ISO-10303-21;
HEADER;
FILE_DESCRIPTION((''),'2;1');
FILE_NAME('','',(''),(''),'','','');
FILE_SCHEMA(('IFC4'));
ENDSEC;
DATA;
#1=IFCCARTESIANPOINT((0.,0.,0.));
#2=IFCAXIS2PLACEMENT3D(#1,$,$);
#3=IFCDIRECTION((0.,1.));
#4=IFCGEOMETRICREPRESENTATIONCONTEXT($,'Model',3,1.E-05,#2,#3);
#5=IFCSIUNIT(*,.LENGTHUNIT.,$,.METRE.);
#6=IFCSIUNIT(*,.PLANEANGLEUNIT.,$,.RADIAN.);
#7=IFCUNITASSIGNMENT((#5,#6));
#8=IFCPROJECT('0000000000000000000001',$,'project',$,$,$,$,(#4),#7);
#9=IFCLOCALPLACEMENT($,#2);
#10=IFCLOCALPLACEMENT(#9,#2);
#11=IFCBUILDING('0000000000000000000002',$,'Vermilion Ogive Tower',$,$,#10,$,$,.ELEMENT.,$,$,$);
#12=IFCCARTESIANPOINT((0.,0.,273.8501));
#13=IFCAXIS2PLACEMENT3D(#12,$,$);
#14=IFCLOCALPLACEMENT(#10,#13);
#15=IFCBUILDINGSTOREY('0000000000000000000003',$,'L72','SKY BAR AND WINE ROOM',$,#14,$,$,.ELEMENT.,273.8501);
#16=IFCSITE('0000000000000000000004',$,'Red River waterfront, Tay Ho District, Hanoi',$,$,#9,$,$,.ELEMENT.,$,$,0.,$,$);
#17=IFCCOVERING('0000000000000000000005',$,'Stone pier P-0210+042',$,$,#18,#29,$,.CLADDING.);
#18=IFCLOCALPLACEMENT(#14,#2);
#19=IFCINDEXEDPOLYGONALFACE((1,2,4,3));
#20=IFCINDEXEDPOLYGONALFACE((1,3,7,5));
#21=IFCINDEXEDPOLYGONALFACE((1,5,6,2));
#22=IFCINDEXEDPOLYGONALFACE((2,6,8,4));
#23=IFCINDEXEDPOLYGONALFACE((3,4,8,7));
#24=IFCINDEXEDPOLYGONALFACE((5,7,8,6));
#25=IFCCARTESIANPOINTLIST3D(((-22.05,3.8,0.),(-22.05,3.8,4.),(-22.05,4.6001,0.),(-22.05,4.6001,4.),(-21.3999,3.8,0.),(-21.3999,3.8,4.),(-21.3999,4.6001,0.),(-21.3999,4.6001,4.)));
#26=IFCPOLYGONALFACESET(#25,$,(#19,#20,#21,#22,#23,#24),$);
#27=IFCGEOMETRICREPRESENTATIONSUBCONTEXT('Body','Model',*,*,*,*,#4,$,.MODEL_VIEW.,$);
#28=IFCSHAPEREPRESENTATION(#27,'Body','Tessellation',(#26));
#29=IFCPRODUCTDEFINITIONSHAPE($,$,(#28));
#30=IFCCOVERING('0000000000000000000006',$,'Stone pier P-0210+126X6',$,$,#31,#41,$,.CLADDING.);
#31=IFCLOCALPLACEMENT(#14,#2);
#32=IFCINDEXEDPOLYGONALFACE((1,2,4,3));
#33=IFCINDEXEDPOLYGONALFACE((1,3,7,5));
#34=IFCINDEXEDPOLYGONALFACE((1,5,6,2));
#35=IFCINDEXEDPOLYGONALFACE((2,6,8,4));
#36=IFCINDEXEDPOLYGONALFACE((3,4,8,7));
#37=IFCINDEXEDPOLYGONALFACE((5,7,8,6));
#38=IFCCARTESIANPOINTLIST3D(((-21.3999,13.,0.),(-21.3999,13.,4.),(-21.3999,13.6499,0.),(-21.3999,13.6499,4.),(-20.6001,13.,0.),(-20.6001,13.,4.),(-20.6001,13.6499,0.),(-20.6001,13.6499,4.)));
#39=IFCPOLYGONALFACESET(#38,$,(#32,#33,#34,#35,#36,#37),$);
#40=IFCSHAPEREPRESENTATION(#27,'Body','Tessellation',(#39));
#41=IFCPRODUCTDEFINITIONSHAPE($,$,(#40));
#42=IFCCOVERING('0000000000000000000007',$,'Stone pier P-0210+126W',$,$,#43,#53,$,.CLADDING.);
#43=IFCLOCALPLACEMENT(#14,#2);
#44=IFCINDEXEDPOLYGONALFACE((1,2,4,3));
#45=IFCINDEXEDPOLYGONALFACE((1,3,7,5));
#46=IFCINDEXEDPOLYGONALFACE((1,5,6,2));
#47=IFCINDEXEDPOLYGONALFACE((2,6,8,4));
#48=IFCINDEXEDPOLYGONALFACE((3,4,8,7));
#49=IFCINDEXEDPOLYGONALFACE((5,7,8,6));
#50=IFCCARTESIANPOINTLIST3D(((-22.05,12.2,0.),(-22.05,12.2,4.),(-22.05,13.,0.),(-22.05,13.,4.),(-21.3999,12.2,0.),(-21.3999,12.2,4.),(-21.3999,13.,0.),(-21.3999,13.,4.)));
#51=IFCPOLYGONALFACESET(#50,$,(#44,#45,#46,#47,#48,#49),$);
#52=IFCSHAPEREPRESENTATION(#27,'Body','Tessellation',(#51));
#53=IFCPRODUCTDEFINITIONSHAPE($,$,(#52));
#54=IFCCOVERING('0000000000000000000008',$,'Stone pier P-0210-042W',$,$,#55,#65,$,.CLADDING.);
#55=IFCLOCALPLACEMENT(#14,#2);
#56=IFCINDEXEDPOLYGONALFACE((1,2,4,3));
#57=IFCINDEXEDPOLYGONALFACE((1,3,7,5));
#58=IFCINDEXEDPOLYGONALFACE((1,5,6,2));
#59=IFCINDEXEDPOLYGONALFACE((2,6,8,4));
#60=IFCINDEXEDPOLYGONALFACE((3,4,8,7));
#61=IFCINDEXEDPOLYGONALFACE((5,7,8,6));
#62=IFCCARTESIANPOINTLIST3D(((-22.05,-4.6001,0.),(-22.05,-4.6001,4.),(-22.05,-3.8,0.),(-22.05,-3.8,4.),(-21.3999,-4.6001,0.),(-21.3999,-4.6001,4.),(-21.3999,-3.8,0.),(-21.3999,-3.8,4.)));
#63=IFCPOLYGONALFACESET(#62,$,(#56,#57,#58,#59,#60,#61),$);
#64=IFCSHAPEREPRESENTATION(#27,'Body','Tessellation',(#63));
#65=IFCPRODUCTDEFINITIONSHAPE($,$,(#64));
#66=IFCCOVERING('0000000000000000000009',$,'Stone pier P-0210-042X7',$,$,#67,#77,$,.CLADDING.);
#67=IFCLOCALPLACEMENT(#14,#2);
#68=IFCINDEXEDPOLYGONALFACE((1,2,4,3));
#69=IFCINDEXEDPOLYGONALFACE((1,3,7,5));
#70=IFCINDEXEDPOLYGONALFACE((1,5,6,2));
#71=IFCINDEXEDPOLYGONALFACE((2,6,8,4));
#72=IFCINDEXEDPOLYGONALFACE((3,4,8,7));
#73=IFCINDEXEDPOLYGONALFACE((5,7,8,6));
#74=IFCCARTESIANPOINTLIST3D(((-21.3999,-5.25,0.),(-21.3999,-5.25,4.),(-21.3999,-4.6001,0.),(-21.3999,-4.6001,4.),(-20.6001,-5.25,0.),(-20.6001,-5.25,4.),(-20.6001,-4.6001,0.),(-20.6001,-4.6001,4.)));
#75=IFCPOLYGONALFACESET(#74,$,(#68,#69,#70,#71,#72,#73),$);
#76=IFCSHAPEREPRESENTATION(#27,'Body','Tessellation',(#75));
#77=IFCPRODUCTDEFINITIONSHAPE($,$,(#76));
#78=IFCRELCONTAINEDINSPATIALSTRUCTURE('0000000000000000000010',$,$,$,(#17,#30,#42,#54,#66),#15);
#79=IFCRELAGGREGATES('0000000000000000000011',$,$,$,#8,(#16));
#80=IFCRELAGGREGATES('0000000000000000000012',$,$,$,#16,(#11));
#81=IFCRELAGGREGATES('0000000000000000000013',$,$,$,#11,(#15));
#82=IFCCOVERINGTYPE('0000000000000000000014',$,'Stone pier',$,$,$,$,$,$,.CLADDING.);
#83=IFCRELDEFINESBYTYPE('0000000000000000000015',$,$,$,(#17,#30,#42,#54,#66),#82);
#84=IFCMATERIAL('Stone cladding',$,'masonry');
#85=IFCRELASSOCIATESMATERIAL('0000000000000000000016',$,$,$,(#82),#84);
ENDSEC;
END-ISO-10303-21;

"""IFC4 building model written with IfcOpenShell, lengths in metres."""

from ifc_helpers import new_model, si_unit, direction, frame, origin, place, context, subcontext, project, spatial, polyline, outline, extrude, material, type_object, element, save


model = new_model("IFC4")

# Units and contexts
model_context = context("Model", 3, precision=1e-05, world=origin(), true_north=direction((0.0, 1.0)))
body_context = subcontext(model_context, "Body", "Model", "MODEL_VIEW")
ifc_project = project(units=[si_unit("LENGTHUNIT", "METRE"), si_unit("PLANEANGLEUNIT", "RADIAN")], contexts=[model_context])

# Site, building, storey
site_placement = place(None, origin())
site = spatial("IfcSite", under=ifc_project, at=site_placement, Name="Red River waterfront, Tay Ho District, Hanoi", CompositionType="ELEMENT", RefElevation=0.0)
building_placement = place(site_placement, origin())
building = spatial("IfcBuilding", under=site, at=building_placement, Name="Vermilion Ogive Tower", CompositionType="ELEMENT")
storey_placement = place(building_placement, frame((0.0, 0.0, 273.8501)))
storey = spatial("IfcBuildingStorey", under=building, at=storey_placement, Name="L72", Description="SKY BAR AND WINE ROOM", CompositionType="ELEMENT", Elevation=273.8501)

# Coverings
ifc_material_1 = material(Name="Stone cladding", Category="masonry")
covering_type = type_object("IfcCoveringType", Name="Stone pier", PredefinedType="CLADDING", material=ifc_material_1)
covering_1_placement = place(storey_placement, origin())
element("IfcCovering", 1, at=covering_1_placement, inside=storey, type_object=covering_type, Name="Stone pier P-0210+042", PredefinedType="CLADDING", context=body_context, shape_type="SweptSolid", body=[
    extrude(outline(polyline([(-21.3999, 3.8), (-22.05, 3.8), (-22.05, 4.6001), (-21.3999, 4.6001), (-21.3999, 4.6001), (-21.3999, 3.8)])), origin(), (0.0, 0.0, 1.0), 4.0),
])
covering_2_placement = place(storey_placement, origin())
element("IfcCovering", 2, at=covering_2_placement, inside=storey, type_object=covering_type, Name="Stone pier P-0210+126X6", PredefinedType="CLADDING", context=body_context, shape_type="SweptSolid", body=[
    extrude(outline(polyline([(-21.3999, 13.6499), (-20.6001, 13.6499), (-20.6001, 13.0), (-21.3999, 13.0), (-21.3999, 13.6499)])), origin(), (0.0, 0.0, 1.0), 4.0),
])
covering_3_placement = place(storey_placement, origin())
element("IfcCovering", 3, at=covering_3_placement, inside=storey, type_object=covering_type, Name="Stone pier P-0210+126W", PredefinedType="CLADDING", context=body_context, shape_type="SweptSolid", body=[
    extrude(outline(polyline([(-22.05, 13.0), (-21.3999, 13.0), (-21.3999, 12.2), (-22.05, 12.2), (-22.05, 13.0)])), origin(), (0.0, 0.0, 1.0), 4.0),
])
covering_4_placement = place(storey_placement, origin())
element("IfcCovering", 4, at=covering_4_placement, inside=storey, type_object=covering_type, Name="Stone pier P-0210-042W", PredefinedType="CLADDING", context=body_context, shape_type="SweptSolid", body=[
    extrude(outline(polyline([(-22.05, -4.6001), (-22.05, -3.8), (-21.3999, -3.8), (-21.3999, -4.6001), (-22.05, -4.6001)])), origin(), (0.0, 0.0, 1.0), 4.0),
])
covering_5_placement = place(storey_placement, origin())
element("IfcCovering", 5, at=covering_5_placement, inside=storey, type_object=covering_type, Name="Stone pier P-0210-042X7", PredefinedType="CLADDING", context=body_context, shape_type="SweptSolid", body=[
    extrude(outline(polyline([(-21.3999, -5.25), (-21.3999, -4.6001), (-20.6001, -4.6001), (-20.6001, -5.25), (-21.3999, -5.25)])), origin(), (0.0, 0.0, 1.0), 4.0),
])

save(model, "model.ifc")
